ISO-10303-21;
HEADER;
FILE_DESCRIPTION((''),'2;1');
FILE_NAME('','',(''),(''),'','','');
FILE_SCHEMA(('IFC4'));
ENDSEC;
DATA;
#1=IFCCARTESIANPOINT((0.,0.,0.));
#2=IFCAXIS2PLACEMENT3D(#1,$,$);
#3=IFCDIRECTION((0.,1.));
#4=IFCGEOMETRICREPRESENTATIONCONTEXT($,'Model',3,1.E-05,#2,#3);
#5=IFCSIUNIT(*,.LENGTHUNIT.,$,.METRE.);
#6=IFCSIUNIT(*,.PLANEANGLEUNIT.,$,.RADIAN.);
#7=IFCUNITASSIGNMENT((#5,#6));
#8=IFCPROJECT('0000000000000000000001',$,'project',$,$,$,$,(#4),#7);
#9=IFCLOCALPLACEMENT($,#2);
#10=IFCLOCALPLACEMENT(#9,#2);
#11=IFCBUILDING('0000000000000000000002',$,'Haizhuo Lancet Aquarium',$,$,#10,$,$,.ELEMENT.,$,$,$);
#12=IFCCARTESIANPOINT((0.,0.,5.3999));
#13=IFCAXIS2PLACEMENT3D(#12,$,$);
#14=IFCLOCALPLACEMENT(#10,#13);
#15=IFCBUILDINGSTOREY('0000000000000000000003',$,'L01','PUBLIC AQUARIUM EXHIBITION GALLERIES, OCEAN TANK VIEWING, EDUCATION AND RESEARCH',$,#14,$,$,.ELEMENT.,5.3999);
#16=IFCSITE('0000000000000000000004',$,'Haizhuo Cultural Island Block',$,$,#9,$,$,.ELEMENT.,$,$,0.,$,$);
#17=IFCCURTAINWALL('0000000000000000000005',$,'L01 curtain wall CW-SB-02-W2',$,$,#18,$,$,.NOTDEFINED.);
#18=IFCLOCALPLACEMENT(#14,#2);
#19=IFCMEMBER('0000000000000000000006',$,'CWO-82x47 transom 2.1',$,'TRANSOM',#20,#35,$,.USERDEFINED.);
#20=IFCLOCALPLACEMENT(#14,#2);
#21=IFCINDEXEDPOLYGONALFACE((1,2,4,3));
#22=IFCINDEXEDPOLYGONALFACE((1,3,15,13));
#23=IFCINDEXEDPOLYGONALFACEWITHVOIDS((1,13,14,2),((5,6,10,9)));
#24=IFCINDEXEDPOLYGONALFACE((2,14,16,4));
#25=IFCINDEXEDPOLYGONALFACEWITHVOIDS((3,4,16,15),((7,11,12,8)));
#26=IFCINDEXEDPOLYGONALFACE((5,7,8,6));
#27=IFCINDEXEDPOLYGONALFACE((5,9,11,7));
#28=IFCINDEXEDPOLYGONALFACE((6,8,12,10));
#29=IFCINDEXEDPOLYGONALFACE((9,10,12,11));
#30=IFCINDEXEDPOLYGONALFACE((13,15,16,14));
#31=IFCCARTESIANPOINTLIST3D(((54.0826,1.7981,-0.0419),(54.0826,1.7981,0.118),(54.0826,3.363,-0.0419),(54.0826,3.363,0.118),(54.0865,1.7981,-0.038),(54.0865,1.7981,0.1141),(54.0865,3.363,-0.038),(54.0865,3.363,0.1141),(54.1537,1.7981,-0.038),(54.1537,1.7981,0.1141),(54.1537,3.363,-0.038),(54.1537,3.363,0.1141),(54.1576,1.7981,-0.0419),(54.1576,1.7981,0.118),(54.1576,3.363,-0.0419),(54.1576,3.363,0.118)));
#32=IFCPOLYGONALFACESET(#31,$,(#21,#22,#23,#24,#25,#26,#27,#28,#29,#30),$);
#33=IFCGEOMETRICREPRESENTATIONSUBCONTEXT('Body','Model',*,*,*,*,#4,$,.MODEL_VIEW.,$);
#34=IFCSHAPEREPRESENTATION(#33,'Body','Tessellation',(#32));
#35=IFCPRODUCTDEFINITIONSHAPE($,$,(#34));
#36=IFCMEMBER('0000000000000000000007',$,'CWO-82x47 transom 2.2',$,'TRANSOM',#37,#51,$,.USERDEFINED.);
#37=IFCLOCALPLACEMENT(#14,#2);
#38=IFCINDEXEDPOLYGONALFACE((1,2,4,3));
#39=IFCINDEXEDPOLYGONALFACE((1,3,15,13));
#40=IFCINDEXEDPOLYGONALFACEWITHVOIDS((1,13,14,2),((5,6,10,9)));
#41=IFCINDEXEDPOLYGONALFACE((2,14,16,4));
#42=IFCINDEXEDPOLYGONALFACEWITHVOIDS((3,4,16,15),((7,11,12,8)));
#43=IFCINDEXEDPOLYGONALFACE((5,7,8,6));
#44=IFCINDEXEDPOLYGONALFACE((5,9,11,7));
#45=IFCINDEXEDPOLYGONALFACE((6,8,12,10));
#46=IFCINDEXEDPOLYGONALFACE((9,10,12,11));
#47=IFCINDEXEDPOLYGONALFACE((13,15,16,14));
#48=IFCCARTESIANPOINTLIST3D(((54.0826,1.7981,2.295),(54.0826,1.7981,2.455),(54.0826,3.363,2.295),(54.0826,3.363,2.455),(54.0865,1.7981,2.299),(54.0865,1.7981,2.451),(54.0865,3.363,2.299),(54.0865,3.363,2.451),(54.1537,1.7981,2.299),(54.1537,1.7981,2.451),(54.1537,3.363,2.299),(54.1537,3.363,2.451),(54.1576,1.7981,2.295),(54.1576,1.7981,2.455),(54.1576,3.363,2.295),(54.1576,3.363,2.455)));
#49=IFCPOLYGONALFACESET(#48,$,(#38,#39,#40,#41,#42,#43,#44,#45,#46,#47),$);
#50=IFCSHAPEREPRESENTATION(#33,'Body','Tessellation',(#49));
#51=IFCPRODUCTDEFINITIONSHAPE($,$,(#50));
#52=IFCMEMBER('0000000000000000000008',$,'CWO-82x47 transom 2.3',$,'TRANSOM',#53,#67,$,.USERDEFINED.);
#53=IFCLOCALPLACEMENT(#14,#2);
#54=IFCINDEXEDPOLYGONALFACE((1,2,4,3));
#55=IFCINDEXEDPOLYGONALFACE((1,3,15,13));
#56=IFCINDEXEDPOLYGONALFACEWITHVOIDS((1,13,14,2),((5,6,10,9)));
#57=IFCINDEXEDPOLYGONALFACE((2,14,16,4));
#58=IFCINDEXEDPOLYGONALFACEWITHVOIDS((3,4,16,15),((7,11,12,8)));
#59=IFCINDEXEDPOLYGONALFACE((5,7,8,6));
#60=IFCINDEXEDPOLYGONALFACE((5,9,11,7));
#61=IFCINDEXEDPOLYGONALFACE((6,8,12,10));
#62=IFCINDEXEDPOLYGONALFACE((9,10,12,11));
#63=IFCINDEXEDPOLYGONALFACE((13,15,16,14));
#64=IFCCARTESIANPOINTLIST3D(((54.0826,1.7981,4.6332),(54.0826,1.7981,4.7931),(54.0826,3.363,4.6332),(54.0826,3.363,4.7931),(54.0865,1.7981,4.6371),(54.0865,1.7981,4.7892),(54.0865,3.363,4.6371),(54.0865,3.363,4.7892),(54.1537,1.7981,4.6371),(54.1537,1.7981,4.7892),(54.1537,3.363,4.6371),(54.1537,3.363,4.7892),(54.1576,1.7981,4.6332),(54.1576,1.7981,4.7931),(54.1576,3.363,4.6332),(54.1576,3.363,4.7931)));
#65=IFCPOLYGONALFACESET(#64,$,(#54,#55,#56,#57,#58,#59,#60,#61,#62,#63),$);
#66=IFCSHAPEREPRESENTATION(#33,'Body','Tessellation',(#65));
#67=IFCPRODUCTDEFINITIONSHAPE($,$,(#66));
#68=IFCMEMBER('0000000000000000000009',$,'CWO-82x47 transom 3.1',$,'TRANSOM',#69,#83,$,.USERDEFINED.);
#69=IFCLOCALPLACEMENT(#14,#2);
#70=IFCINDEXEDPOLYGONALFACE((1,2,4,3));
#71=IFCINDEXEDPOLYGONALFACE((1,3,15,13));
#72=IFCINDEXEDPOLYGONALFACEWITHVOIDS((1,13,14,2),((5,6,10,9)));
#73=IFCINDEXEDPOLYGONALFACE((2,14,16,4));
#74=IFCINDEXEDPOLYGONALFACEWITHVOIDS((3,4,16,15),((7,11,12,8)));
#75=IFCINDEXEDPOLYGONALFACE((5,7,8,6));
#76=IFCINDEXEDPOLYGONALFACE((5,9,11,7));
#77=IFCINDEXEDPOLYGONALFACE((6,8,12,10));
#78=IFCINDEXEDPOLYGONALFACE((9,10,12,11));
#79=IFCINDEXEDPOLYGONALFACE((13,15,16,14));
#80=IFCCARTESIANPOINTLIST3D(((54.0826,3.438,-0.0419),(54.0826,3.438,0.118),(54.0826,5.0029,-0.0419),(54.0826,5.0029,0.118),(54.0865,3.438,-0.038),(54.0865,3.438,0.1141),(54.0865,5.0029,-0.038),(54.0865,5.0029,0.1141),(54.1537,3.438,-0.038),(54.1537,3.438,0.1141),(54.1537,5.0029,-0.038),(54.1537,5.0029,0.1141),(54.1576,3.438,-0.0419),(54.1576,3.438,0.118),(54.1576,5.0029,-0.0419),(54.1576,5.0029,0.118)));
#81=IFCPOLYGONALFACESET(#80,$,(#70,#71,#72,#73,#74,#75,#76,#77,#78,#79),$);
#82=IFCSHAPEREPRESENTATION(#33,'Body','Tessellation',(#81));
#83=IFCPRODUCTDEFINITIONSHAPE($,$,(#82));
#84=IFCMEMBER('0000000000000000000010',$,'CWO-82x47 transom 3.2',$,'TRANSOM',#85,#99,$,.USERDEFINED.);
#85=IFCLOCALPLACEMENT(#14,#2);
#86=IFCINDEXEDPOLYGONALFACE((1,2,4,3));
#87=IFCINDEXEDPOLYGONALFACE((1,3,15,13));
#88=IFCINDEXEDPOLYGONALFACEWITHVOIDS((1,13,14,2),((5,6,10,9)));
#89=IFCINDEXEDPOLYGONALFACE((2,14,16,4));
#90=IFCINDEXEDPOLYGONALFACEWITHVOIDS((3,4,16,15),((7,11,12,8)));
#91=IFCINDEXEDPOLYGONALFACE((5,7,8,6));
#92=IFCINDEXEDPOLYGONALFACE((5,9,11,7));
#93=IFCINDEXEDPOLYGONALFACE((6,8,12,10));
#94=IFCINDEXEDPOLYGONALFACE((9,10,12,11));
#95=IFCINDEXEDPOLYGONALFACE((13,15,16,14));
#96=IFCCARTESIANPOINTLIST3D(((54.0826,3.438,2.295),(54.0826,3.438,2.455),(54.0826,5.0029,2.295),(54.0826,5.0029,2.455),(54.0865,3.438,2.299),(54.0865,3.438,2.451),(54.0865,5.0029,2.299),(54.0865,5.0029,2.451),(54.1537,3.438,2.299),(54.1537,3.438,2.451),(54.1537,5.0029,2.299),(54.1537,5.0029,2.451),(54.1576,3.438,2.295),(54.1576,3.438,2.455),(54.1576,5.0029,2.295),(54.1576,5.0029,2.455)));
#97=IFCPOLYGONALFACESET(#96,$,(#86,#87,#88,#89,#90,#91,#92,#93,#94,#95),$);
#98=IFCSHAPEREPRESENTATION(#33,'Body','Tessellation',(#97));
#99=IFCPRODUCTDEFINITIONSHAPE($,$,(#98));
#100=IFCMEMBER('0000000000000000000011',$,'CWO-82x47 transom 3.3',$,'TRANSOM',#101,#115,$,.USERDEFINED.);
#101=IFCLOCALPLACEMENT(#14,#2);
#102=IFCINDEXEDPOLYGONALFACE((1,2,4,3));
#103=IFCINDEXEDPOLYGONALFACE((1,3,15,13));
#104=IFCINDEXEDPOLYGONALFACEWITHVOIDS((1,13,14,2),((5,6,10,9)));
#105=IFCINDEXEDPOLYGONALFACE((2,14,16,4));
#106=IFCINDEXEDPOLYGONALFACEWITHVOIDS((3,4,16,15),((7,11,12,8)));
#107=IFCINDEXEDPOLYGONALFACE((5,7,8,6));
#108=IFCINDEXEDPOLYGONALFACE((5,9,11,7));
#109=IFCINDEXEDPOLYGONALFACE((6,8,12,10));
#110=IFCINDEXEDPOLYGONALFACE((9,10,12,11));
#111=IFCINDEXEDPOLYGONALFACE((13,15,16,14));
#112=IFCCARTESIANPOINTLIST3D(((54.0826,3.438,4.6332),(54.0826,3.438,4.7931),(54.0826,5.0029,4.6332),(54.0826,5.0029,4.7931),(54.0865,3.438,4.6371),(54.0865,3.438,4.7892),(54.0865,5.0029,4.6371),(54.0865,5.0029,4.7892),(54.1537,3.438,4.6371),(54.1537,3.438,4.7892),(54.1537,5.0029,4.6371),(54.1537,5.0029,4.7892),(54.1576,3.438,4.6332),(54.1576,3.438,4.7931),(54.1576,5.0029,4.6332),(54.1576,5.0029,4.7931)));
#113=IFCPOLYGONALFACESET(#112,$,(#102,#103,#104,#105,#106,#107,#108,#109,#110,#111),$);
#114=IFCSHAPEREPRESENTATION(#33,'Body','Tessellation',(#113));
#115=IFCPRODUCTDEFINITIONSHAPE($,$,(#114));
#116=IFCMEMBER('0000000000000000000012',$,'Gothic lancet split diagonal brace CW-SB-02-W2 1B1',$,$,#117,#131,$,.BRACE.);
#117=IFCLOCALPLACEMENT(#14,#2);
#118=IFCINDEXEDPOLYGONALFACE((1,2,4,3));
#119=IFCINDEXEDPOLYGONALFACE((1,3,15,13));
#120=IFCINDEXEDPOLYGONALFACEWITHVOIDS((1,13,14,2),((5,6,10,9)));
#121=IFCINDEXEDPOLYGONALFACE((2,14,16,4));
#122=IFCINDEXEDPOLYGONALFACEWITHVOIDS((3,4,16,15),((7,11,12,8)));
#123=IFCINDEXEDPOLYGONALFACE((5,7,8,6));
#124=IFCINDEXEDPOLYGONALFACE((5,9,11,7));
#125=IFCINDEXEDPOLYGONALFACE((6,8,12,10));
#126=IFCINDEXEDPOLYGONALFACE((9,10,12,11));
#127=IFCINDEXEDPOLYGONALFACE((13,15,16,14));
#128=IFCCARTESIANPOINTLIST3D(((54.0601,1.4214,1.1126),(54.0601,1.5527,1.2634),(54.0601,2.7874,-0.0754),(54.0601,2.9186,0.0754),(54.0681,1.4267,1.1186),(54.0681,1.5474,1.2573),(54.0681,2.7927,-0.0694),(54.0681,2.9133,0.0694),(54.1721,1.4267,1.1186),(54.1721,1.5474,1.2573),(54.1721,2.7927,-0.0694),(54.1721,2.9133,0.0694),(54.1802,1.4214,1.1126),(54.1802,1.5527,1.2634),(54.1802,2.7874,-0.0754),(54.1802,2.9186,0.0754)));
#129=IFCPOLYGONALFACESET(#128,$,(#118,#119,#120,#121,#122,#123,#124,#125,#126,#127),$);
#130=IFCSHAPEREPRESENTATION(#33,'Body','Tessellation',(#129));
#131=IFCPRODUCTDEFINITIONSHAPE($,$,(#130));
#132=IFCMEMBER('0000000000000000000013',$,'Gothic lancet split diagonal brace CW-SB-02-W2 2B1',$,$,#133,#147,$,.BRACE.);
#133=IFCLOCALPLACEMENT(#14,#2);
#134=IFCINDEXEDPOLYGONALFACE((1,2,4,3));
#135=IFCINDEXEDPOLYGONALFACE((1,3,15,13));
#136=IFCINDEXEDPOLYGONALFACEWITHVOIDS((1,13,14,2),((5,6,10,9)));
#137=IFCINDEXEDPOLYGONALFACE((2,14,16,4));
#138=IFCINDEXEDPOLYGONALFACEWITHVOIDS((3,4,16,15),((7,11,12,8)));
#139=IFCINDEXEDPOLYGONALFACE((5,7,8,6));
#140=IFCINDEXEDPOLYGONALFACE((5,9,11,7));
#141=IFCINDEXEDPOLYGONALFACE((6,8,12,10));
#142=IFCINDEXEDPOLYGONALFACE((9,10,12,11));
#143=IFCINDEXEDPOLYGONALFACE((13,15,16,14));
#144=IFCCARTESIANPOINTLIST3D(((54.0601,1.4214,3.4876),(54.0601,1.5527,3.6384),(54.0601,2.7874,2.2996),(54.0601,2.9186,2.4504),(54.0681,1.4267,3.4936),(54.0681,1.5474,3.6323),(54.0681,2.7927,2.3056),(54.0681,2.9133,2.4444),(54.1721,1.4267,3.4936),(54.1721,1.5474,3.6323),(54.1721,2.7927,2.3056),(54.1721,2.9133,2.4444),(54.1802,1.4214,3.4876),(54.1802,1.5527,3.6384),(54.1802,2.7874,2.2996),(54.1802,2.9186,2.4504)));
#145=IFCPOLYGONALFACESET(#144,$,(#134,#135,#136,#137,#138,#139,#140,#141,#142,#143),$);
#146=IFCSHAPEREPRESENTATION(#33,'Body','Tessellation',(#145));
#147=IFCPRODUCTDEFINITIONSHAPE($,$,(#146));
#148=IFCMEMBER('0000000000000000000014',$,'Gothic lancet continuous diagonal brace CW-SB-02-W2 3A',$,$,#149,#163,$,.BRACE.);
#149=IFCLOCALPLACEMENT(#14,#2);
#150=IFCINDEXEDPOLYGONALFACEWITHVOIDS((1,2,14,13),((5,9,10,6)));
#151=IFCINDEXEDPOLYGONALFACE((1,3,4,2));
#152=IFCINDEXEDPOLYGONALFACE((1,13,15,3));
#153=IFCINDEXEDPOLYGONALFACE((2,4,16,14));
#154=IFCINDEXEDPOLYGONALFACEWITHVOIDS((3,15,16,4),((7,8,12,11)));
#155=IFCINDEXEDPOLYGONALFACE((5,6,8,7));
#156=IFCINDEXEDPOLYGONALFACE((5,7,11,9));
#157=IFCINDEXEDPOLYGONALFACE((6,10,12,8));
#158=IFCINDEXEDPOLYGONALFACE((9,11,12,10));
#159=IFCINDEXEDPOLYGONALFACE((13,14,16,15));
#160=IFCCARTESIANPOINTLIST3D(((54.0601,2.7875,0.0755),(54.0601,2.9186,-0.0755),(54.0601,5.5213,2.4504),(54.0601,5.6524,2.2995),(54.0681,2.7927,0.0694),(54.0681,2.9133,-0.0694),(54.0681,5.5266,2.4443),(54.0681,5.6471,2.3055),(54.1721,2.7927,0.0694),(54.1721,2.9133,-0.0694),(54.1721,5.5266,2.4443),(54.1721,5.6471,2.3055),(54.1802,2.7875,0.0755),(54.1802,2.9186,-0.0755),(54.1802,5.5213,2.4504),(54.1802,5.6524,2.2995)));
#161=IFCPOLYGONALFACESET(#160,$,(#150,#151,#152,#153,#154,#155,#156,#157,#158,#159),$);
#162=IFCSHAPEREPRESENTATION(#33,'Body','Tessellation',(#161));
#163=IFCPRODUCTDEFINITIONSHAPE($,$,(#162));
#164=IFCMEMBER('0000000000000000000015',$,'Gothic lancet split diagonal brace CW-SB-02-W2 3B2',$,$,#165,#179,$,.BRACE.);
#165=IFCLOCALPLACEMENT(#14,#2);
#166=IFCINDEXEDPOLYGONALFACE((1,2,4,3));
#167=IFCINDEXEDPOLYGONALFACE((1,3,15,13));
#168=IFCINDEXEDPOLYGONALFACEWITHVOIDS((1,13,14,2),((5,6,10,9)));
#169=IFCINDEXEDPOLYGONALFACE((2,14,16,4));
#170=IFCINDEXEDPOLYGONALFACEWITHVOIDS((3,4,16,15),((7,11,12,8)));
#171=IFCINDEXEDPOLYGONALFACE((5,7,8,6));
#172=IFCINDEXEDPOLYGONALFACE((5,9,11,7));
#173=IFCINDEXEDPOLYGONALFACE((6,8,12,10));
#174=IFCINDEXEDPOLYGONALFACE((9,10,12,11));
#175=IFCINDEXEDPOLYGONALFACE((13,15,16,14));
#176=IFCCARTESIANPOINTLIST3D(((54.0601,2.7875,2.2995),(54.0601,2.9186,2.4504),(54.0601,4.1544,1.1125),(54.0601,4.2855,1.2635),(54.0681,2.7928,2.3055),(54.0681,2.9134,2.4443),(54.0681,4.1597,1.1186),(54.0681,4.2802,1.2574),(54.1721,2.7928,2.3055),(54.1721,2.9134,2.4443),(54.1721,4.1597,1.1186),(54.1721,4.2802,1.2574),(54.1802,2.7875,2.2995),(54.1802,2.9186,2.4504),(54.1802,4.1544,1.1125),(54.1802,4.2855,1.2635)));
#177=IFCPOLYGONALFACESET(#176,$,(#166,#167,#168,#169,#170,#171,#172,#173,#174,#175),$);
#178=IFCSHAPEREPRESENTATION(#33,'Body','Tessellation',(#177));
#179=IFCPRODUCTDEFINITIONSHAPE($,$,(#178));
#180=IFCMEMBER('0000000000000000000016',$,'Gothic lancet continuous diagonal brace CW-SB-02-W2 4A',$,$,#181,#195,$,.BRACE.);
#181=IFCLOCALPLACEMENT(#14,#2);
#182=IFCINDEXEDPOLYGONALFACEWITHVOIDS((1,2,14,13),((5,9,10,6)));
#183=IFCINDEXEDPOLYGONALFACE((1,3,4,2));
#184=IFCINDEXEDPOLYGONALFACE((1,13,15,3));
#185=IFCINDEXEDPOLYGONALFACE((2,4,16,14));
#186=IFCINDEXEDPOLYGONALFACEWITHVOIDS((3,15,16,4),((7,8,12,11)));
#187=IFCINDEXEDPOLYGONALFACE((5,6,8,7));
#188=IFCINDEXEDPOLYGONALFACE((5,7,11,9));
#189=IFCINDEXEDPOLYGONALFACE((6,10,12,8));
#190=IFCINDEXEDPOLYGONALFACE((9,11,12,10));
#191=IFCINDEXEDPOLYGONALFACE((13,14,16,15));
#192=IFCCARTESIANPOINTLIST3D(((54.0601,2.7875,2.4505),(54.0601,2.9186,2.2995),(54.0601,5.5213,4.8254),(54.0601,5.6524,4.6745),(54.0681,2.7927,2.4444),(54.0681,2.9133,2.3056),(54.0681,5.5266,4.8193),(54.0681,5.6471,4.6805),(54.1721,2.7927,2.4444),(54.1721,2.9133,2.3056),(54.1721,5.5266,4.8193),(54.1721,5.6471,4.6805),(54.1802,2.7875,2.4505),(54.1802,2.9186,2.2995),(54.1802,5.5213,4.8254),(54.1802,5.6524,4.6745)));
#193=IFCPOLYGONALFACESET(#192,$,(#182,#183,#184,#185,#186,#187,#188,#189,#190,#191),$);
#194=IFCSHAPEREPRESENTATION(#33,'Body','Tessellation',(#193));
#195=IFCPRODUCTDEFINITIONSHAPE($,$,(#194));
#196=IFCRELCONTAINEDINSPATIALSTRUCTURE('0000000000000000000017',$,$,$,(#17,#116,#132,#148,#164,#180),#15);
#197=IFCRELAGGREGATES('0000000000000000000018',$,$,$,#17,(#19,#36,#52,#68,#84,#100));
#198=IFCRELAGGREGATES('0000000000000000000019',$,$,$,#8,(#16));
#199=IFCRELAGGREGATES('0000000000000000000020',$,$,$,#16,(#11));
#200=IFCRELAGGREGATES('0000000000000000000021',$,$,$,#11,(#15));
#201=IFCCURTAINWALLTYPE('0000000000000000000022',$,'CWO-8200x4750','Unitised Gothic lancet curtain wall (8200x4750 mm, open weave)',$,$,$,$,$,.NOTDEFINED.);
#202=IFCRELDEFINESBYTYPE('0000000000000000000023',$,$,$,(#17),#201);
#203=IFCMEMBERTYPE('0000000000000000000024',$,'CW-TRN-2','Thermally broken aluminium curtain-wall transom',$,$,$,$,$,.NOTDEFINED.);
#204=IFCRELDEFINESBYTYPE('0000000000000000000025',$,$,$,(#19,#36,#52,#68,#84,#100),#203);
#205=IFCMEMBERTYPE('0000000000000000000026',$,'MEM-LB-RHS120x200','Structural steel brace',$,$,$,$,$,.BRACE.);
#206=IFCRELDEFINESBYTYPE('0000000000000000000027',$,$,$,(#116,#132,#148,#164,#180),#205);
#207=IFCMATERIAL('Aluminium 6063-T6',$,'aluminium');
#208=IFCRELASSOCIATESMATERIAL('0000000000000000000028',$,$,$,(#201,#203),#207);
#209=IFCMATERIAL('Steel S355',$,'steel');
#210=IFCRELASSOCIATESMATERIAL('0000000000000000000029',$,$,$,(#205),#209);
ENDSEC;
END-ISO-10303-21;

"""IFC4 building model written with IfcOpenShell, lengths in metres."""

from ifc_helpers import new_model, si_unit, direction, frame, origin, origin_2d, place, context, subcontext, project, spatial, hollow_rectangle, extrude, material, material_profile, profile_set, type_object, element, aggregate, save


model = new_model("IFC4")

# Units and contexts
model_context = context("Model", 3, precision=1e-05, world=origin(), true_north=direction((0.0, 1.0)))
body_context = subcontext(model_context, "Body", "Model", "MODEL_VIEW")
ifc_project = project(units=[si_unit("LENGTHUNIT", "METRE"), si_unit("PLANEANGLEUNIT", "RADIAN")], contexts=[model_context])

# Site, building, storey
site_placement = place(None, origin())
site = spatial("IfcSite", under=ifc_project, at=site_placement, Name="Haizhuo Cultural Island Block", CompositionType="ELEMENT", RefElevation=0.0)
building_placement = place(site_placement, origin())
building = spatial("IfcBuilding", under=site, at=building_placement, Name="Haizhuo Lancet Aquarium", CompositionType="ELEMENT")
storey_placement = place(building_placement, frame((0.0, 0.0, 5.3999)))
storey = spatial("IfcBuildingStorey", under=building, at=storey_placement, Name="L01", Description="PUBLIC AQUARIUM EXHIBITION GALLERIES, OCEAN TANK VIEWING, EDUCATION AND RESEARCH", CompositionType="ELEMENT", Elevation=5.3999)

# Shared definitions
ifc_material_1 = material(Name="Steel S355", Category="steel")

# Curtain wall, members
ifc_material_2 = material(Name="Aluminium 6063-T6", Category="aluminium")
curtain_wall_type = type_object("IfcCurtainWallType", Name="CWO-8200x4750", Description="Unitised Gothic lancet curtain wall (8200x4750 mm, open weave)", PredefinedType="NOTDEFINED", material=ifc_material_2)
curtain_wall_placement = place(storey_placement, origin())
curtain_wall = element("IfcCurtainWall", 1, at=curtain_wall_placement, inside=storey, type_object=curtain_wall_type, Name="L01 curtain wall CW-SB-02-W2", PredefinedType="NOTDEFINED")
ifc_material_profile_1 = material_profile(ifc_material_2, hollow_rectangle(XDim=0.075, YDim=0.1599, WallThickness=0.0039, at=origin_2d()), Name="ALU-T 75x160x4")
ifc_profile_set_1 = profile_set([ifc_material_profile_1], Name="Aluminium 6063-T6")
member_type_1 = type_object("IfcMemberType", Name="CW-TRN-2", Description="Thermally broken aluminium curtain-wall transom", PredefinedType="NOTDEFINED", material=ifc_profile_set_1)
member_1_placement = place(storey_placement, frame((54.1201, 1.7981, 0.0381), z_axis=(0.0, 1.0, 0.0), x_axis=(-1.0, 0.0, 0.0)))
member_1 = element("IfcMember", 2, at=member_1_placement, type_object=member_type_1, Name="CWO-82x47 transom 2.1", ObjectType="TRANSOM", PredefinedType="USERDEFINED", context=body_context, shape_type="SweptSolid", body=[
    extrude(hollow_rectangle(XDim=0.075, YDim=0.1599, WallThickness=0.0039, at=origin_2d()), origin(), (0.0, 0.0, 1.0), 1.5649),
])
member_2_placement = place(storey_placement, frame((54.1201, 1.7981, 2.375), z_axis=(0.0, 1.0, 0.0), x_axis=(-1.0, 0.0, 0.0)))
member_2 = element("IfcMember", 3, at=member_2_placement, type_object=member_type_1, Name="CWO-82x47 transom 2.2", ObjectType="TRANSOM", PredefinedType="USERDEFINED", context=body_context, shape_type="SweptSolid", body=[
    extrude(hollow_rectangle(XDim=0.075, YDim=0.1599, WallThickness=0.0039, at=origin_2d()), origin(), (0.0, 0.0, 1.0), 1.5649),
])
member_3_placement = place(storey_placement, frame((54.1201, 1.7981, 4.7131), z_axis=(0.0, 1.0, 0.0), x_axis=(-1.0, 0.0, 0.0)))
member_3 = element("IfcMember", 4, at=member_3_placement, type_object=member_type_1, Name="CWO-82x47 transom 2.3", ObjectType="TRANSOM", PredefinedType="USERDEFINED", context=body_context, shape_type="SweptSolid", body=[
    extrude(hollow_rectangle(XDim=0.075, YDim=0.1599, WallThickness=0.0039, at=origin_2d()), origin(), (0.0, 0.0, 1.0), 1.5649),
])
member_4_placement = place(storey_placement, frame((54.1201, 3.438, 0.0381), z_axis=(0.0, 1.0, 0.0), x_axis=(-1.0, 0.0, 0.0)))
member_4 = element("IfcMember", 5, at=member_4_placement, type_object=member_type_1, Name="CWO-82x47 transom 3.1", ObjectType="TRANSOM", PredefinedType="USERDEFINED", context=body_context, shape_type="SweptSolid", body=[
    extrude(hollow_rectangle(XDim=0.075, YDim=0.1599, WallThickness=0.0039, at=origin_2d()), origin(), (0.0, 0.0, 1.0), 1.5649),
])
member_5_placement = place(storey_placement, frame((54.1201, 3.438, 2.375), z_axis=(0.0, 1.0, 0.0), x_axis=(-1.0, 0.0, 0.0)))
member_5 = element("IfcMember", 6, at=member_5_placement, type_object=member_type_1, Name="CWO-82x47 transom 3.2", ObjectType="TRANSOM", PredefinedType="USERDEFINED", context=body_context, shape_type="SweptSolid", body=[
    extrude(hollow_rectangle(XDim=0.075, YDim=0.1599, WallThickness=0.0039, at=origin_2d()), origin(), (0.0, 0.0, 1.0), 1.5649),
])
member_6_placement = place(storey_placement, frame((54.1201, 3.438, 4.7131), z_axis=(0.0, 1.0, 0.0), x_axis=(-1.0, 0.0, 0.0)))
member_6 = element("IfcMember", 7, at=member_6_placement, type_object=member_type_1, Name="CWO-82x47 transom 3.3", ObjectType="TRANSOM", PredefinedType="USERDEFINED", context=body_context, shape_type="SweptSolid", body=[
    extrude(hollow_rectangle(XDim=0.075, YDim=0.1599, WallThickness=0.0039, at=origin_2d()), origin(), (0.0, 0.0, 1.0), 1.5649),
])

# Members
ifc_material_profile_2 = material_profile(ifc_material_1, hollow_rectangle(XDim=0.1201, YDim=0.2, WallThickness=0.0081, at=origin_2d()), Name="RHS 120x200x8")
ifc_profile_set_2 = profile_set([ifc_material_profile_2], Name="Steel S355")
member_type_2 = type_object("IfcMemberType", Name="MEM-LB-RHS120x200", Description="Structural steel brace", PredefinedType="BRACE", material=ifc_profile_set_2)
for number, where, z_axis, x_axis, name in (
    (8, (54.1201, 2.853, 0.0), (0.0, -0.754553, 0.656239), (1.0, 0.0, 0.0), "Gothic lancet split diagonal brace CW-SB-02-W2 1B1"),
    (9, (54.1201, 2.853, 2.375), (0.0, -0.754553, 0.656239), (1.0, 0.0, 0.0), "Gothic lancet split diagonal brace CW-SB-02-W2 2B1"),
):
    element("IfcMember", number, at=place(storey_placement, frame(where, z_axis=z_axis, x_axis=x_axis)), inside=storey, type_object=member_type_2, Name=name, PredefinedType="BRACE", context=body_context, shape_type="SweptSolid", body=[
        extrude(hollow_rectangle(XDim=0.1201, YDim=0.2, WallThickness=0.0081, at=origin_2d()), origin(), (0.0, 0.0, 1.0), 1.8103),
    ])
member_7_placement = place(storey_placement, frame((54.1201, 2.853, 0.0), z_axis=(0.0, 0.754919, 0.655818), x_axis=(-1.0, 0.0, 0.0)))
element("IfcMember", 10, at=member_7_placement, inside=storey, type_object=member_type_2, Name="Gothic lancet continuous diagonal brace CW-SB-02-W2 3A", PredefinedType="BRACE", context=body_context, shape_type="SweptSolid", body=[
    extrude(hollow_rectangle(XDim=0.1201, YDim=0.2, WallThickness=0.0081, at=origin_2d()), origin(), (0.0, 0.0, 1.0), 3.6213),
])
member_8_placement = place(storey_placement, frame((54.1201, 4.22, 1.188), z_axis=(0.0, -0.755052, 0.655664), x_axis=(1.0, 0.0, 0.0)))
element("IfcMember", 11, at=member_8_placement, inside=storey, type_object=member_type_2, Name="Gothic lancet split diagonal brace CW-SB-02-W2 3B2", PredefinedType="BRACE", context=body_context, shape_type="SweptSolid", body=[
    extrude(hollow_rectangle(XDim=0.1201, YDim=0.2, WallThickness=0.0081, at=origin_2d()), origin(), (0.0, 0.0, 1.0), 1.8103),
])
member_9_placement = place(storey_placement, frame((54.1201, 2.853, 2.375), z_axis=(0.0, 0.754919, 0.655818), x_axis=(-1.0, 0.0, 0.0)))
element("IfcMember", 12, at=member_9_placement, inside=storey, type_object=member_type_2, Name="Gothic lancet continuous diagonal brace CW-SB-02-W2 4A", PredefinedType="BRACE", context=body_context, shape_type="SweptSolid", body=[
    extrude(hollow_rectangle(XDim=0.1201, YDim=0.2, WallThickness=0.0081, at=origin_2d()), origin(), (0.0, 0.0, 1.0), 3.6213),
])

aggregate(curtain_wall, [member_1, member_2, member_3, member_4, member_5, member_6])

save(model, "model.ifc")
